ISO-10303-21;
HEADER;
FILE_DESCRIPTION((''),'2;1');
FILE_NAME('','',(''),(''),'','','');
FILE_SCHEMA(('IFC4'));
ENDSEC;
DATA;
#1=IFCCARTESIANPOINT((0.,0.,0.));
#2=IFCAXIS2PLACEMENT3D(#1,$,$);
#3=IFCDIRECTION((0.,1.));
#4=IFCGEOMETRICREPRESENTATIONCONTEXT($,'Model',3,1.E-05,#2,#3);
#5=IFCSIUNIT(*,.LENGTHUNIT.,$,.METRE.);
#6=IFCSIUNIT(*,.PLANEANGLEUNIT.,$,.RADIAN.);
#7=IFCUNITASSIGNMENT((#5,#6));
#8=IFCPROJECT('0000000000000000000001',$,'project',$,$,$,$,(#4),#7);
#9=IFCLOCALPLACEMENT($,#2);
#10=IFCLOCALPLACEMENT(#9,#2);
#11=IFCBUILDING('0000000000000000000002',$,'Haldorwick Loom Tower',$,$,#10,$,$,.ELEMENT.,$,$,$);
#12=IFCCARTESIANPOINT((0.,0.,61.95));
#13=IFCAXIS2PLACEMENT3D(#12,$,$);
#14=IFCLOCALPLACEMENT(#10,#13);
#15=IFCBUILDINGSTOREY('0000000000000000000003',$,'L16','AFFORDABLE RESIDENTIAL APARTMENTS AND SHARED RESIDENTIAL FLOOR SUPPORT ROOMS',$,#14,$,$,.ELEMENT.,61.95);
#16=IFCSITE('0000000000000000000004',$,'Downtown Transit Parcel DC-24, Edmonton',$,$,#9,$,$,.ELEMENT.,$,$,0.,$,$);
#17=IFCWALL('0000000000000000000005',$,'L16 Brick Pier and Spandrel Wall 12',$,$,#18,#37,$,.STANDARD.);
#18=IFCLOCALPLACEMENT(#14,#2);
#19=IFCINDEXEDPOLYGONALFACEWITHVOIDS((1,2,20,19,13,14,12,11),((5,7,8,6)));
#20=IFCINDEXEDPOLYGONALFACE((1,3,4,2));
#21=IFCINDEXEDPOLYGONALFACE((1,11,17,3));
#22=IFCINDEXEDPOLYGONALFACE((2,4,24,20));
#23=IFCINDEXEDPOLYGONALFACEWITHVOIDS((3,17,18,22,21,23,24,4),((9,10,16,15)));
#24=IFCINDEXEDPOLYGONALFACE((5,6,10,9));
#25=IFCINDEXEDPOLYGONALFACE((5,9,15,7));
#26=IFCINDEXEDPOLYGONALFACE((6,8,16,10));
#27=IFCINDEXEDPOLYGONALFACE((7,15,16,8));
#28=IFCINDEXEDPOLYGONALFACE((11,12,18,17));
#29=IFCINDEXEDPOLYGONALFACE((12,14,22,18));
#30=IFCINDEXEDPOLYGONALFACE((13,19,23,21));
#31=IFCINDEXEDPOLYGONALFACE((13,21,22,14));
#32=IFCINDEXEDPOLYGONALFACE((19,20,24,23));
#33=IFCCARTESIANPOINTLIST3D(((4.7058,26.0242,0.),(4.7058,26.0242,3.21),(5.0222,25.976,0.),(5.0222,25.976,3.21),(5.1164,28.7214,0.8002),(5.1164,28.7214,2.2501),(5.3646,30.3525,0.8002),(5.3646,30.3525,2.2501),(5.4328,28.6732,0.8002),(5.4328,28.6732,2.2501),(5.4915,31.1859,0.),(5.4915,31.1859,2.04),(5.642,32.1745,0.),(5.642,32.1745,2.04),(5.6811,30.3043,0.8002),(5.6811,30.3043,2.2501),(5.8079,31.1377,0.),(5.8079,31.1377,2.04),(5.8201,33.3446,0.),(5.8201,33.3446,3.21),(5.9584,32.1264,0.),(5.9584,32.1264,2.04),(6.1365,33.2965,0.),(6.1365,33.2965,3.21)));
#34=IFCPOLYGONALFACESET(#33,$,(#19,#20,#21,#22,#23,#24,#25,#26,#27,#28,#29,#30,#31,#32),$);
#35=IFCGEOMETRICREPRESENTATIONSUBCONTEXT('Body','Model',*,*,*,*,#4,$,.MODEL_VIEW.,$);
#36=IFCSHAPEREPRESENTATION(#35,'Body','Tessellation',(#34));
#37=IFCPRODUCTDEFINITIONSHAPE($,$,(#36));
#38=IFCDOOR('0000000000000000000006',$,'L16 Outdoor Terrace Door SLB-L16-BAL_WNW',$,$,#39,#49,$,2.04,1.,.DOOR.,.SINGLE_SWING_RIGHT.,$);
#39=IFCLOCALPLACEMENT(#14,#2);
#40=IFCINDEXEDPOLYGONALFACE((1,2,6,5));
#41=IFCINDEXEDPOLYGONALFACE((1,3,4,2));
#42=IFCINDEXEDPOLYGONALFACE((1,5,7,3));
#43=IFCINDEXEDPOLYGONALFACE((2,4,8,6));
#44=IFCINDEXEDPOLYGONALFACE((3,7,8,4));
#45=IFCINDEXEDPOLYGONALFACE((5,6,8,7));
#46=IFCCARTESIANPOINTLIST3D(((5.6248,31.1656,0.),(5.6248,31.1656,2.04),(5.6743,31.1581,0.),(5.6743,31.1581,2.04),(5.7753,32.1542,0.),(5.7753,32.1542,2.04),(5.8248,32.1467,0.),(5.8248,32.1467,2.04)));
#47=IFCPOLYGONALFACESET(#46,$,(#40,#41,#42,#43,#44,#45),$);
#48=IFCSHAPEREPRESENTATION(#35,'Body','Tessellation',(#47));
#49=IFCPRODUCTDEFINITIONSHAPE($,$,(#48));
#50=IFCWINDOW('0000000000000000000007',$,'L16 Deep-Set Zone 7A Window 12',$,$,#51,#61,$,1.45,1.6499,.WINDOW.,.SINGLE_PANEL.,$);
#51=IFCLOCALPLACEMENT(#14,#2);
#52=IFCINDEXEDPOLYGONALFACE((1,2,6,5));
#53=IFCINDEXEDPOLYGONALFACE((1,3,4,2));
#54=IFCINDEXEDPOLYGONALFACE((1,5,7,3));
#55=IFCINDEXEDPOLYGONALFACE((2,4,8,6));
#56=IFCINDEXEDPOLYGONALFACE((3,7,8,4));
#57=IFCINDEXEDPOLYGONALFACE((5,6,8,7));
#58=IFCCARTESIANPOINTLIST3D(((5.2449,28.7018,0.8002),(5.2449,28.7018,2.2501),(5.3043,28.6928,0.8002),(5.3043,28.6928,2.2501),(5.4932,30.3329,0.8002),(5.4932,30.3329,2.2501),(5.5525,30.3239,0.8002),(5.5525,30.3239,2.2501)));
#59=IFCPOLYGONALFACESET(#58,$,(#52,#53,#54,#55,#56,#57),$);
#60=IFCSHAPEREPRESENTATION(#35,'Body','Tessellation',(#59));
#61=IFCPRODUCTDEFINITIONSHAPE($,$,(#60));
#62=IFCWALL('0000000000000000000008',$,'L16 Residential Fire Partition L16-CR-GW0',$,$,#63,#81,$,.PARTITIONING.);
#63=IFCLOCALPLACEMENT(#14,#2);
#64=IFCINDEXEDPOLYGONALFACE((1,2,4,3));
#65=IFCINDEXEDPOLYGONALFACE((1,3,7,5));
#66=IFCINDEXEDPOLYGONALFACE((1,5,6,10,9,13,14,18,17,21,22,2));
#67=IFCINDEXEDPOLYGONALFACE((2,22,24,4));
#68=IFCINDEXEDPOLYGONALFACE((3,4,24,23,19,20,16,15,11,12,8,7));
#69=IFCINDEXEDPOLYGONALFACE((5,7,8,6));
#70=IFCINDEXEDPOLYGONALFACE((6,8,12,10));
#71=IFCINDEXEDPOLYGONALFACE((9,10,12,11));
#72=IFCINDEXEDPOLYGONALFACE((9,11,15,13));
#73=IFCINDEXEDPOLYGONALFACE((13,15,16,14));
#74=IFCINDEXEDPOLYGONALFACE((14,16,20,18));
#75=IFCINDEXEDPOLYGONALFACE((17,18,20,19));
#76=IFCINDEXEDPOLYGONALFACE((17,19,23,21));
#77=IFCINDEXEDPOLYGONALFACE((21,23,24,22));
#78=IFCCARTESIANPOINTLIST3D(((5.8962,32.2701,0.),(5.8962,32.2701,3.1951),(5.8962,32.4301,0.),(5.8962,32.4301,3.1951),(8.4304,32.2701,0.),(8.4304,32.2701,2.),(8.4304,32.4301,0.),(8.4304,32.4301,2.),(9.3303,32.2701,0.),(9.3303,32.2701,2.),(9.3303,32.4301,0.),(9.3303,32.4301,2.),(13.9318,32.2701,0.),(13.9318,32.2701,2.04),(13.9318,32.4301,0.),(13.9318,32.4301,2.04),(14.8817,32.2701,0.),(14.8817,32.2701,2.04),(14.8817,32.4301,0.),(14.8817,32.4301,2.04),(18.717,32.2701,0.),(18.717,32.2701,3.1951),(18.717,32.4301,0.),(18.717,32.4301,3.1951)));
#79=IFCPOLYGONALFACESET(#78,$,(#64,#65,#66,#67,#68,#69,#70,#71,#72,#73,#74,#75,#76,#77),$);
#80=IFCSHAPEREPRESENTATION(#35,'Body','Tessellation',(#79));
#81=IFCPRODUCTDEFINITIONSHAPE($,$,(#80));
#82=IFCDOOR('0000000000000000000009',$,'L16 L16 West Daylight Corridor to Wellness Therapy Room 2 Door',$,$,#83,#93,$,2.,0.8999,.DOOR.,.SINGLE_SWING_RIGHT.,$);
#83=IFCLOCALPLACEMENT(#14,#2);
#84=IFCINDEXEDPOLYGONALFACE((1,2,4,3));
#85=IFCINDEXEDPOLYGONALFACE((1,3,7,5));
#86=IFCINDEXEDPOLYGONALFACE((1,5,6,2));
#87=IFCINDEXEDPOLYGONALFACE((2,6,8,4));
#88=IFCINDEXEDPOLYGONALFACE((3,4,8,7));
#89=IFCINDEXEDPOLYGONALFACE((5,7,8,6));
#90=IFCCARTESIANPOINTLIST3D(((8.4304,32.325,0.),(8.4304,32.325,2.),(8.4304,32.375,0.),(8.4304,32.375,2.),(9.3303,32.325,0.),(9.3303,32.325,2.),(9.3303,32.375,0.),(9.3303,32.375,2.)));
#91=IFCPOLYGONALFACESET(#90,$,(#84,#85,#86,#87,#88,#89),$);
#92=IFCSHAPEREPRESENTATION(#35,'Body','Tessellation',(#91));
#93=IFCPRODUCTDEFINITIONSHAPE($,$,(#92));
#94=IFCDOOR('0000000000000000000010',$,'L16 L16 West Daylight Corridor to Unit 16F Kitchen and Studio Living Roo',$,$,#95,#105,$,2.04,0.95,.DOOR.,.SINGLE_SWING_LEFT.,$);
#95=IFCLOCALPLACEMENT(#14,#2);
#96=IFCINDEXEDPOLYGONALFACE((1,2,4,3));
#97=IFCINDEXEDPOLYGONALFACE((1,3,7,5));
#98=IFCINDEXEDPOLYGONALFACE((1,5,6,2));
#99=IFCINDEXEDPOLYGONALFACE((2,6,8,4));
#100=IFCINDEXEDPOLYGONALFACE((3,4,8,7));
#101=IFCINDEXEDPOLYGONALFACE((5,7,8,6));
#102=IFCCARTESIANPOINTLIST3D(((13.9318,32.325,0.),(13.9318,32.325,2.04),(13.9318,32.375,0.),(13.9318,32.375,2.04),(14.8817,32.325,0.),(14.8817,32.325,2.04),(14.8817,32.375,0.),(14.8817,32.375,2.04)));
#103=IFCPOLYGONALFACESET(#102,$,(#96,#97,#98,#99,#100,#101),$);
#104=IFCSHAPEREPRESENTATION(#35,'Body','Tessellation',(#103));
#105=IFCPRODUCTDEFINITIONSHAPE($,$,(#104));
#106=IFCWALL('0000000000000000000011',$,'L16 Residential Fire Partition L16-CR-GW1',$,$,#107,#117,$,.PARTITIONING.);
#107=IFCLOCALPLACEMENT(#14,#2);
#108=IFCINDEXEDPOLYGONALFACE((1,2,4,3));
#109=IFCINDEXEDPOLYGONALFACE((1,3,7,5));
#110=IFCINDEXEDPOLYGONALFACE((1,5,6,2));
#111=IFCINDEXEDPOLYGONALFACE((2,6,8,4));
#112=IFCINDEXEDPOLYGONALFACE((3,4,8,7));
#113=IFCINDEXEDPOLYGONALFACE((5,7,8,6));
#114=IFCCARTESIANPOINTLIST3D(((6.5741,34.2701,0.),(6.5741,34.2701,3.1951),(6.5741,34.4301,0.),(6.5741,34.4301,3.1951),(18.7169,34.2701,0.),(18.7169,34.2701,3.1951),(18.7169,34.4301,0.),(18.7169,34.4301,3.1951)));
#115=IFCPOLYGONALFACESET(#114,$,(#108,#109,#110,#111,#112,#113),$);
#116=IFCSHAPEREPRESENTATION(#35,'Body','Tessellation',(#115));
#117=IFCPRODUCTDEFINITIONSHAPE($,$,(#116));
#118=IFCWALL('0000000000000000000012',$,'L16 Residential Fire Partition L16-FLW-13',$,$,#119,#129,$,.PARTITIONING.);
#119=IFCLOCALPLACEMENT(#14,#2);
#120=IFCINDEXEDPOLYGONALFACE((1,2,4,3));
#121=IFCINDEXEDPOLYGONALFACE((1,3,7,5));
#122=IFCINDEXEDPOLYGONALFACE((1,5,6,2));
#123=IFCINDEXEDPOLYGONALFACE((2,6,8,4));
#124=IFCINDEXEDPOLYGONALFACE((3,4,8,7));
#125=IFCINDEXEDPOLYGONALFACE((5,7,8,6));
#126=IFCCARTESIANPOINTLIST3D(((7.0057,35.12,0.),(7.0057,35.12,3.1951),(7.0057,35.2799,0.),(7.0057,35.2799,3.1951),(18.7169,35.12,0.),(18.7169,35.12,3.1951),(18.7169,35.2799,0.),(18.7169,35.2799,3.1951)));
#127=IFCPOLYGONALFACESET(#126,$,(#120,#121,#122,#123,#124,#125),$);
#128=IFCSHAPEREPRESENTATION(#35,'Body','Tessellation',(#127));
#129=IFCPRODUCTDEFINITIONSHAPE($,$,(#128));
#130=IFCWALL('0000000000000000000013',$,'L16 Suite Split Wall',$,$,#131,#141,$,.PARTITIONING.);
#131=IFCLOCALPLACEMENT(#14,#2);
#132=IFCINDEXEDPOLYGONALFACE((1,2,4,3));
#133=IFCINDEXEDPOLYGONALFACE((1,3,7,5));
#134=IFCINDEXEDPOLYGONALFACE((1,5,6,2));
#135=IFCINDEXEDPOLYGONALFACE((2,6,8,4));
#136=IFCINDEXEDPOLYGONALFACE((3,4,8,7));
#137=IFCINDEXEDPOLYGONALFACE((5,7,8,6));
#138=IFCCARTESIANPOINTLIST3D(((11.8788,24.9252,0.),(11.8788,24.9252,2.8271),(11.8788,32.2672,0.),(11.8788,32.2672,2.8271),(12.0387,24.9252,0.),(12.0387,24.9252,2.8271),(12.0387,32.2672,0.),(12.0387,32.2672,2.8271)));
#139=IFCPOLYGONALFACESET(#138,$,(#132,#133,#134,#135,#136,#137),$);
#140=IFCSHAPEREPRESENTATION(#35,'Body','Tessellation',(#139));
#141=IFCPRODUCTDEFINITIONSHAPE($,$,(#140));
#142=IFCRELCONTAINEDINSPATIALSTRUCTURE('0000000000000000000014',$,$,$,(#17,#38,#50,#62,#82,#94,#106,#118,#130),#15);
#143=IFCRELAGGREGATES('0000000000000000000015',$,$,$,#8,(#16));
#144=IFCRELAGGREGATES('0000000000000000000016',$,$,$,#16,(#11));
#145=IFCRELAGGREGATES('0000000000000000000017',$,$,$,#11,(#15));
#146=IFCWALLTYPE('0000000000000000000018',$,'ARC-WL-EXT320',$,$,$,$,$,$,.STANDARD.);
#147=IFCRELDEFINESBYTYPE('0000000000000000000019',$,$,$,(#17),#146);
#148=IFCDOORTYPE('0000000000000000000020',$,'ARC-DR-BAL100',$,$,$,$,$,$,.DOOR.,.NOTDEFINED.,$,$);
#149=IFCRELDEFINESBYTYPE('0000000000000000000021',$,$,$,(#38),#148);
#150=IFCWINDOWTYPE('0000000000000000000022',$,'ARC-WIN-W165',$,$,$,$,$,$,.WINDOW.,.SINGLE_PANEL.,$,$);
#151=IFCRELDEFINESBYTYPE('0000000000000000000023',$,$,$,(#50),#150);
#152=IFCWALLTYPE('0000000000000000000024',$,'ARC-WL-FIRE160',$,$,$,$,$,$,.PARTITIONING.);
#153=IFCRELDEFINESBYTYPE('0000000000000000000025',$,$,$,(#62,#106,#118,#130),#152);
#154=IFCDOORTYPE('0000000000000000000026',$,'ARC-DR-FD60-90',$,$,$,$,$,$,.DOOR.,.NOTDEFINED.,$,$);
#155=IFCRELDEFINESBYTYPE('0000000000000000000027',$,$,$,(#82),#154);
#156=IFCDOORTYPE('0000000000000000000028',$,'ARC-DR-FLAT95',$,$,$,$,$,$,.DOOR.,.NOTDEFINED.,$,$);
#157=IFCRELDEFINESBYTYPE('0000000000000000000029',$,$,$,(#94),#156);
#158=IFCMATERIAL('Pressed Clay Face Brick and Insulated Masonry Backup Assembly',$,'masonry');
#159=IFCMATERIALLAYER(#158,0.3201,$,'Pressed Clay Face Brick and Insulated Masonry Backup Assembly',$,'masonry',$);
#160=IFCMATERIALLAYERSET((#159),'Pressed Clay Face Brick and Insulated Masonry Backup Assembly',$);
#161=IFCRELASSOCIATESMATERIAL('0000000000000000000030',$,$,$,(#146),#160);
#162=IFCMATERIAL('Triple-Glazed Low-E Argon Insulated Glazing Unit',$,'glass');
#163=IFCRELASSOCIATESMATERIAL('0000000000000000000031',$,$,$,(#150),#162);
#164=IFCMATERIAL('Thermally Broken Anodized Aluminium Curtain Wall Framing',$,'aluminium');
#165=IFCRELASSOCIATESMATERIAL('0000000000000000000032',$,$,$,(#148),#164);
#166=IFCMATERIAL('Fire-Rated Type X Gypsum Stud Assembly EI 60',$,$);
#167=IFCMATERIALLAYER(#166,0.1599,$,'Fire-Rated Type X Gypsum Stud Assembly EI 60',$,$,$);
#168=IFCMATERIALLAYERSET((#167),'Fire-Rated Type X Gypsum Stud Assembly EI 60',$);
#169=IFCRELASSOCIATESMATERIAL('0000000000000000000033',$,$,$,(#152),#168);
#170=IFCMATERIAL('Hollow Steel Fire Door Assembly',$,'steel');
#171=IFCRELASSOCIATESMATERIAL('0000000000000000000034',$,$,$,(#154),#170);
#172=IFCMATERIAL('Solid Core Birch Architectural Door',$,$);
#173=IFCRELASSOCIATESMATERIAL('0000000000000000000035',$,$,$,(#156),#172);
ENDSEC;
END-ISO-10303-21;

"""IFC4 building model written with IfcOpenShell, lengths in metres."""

from ifc_helpers import new_model, si_unit, direction, frame, frame_2d, origin, place, context, subcontext, project, spatial, rectangle, extrude, material, layer, layer_set, type_object, element, fill, save


model = new_model("IFC4")

# Units and contexts
model_context = context("Model", 3, precision=1e-05, world=origin(), true_north=direction((0.0, 1.0)))
body_context = subcontext(model_context, "Body", "Model", "MODEL_VIEW")
ifc_project = project(units=[si_unit("LENGTHUNIT", "METRE"), si_unit("PLANEANGLEUNIT", "RADIAN")], contexts=[model_context])

# Site, building, storey
site_placement = place(None, origin())
site = spatial("IfcSite", under=ifc_project, at=site_placement, Name="Downtown Transit Parcel DC-24, Edmonton", CompositionType="ELEMENT", RefElevation=0.0)
building_placement = place(site_placement, origin())
building = spatial("IfcBuilding", under=site, at=building_placement, Name="Haldorwick Loom Tower", CompositionType="ELEMENT")
storey_placement = place(building_placement, frame((0.0, 0.0, 61.95)))
storey = spatial("IfcBuildingStorey", under=building, at=storey_placement, Name="L16", Description="AFFORDABLE RESIDENTIAL APARTMENTS AND SHARED RESIDENTIAL FLOOR SUPPORT ROOMS", CompositionType="ELEMENT", Elevation=61.95)

# Shared definitions
ifc_material_1 = material(Name="Pressed Clay Face Brick and Insulated Masonry Backup Assembly", Category="masonry")
ifc_layer_1 = layer(ifc_material_1, 0.3201, Name="Pressed Clay Face Brick and Insulated Masonry Backup Assembly", Category="masonry")
ifc_layer_set_1 = layer_set([ifc_layer_1], Name="Pressed Clay Face Brick and Insulated Masonry Backup Assembly")
wall_type_1 = type_object("IfcWallType", Name="ARC-WL-EXT320", PredefinedType="STANDARD", material=ifc_layer_set_1)
ifc_material_2 = material(Name="Triple-Glazed Low-E Argon Insulated Glazing Unit", Category="glass")
window_type = type_object("IfcWindowType", Name="ARC-WIN-W165", PartitioningType="SINGLE_PANEL", PredefinedType="WINDOW", material=ifc_material_2)

# Wall, openings, door, window
wall_1_placement = place(storey_placement, frame((5.9783, 33.3206, 0.0), z_axis=(0.0, 0.0, 1.0), x_axis=(-0.150476, -0.988614, 0.0)))
wall_1 = element("IfcWall", 1, at=wall_1_placement, inside=storey, type_object=wall_type_1, Name="L16 Brick Pier and Spandrel Wall 12", PredefinedType="STANDARD", context=body_context, shape_type="SweptSolid", body=[
    extrude(rectangle(XDim=7.4048, YDim=0.3201, at=frame_2d((3.7024, 0.0))), origin(), (0.0, 0.0, 1.0), 3.21),
])
opening_1_placement = place(wall_1_placement, frame((1.1836, 0.0, 0.0)))
opening_1 = element("IfcOpeningElement", 2, at=opening_1_placement, cuts=wall_1, PredefinedType="OPENING", context=body_context, shape_type="SweptSolid", body=[
    extrude(rectangle(XDim=1.0, YDim=2.04, at=frame_2d((0.5, 1.02))), frame((0.0, 0.1699, 0.0), z_axis=(0.0, -1.0, 0.0), x_axis=(1.0, 0.0, 0.0)), (0.0, 0.0, 1.0), 0.3401),
])
opening_2_placement = place(wall_1_placement, frame((3.0266, 0.0, 0.8)))
opening_2 = element("IfcOpeningElement", 3, at=opening_2_placement, cuts=wall_1, PredefinedType="OPENING", context=body_context, shape_type="SweptSolid", body=[
    extrude(rectangle(XDim=1.6499, YDim=1.45, at=frame_2d((0.825, 0.7251))), frame((0.0, 0.1699, 0.0), z_axis=(0.0, -1.0, 0.0), x_axis=(1.0, 0.0, 0.0)), (0.0, 0.0, 1.0), 0.3401),
])
ifc_material_3 = material(Name="Thermally Broken Anodized Aluminium Curtain Wall Framing", Category="aluminium")
door_type_1 = type_object("IfcDoorType", Name="ARC-DR-BAL100", OperationType="NOTDEFINED", PredefinedType="DOOR", material=ifc_material_3)
door_1_placement = place(opening_1_placement, origin())
door_1 = element("IfcDoor", 4, at=door_1_placement, inside=storey, type_object=door_type_1, Name="L16 Outdoor Terrace Door SLB-L16-BAL_WNW", OperationType="SINGLE_SWING_RIGHT", OverallHeight=2.04, OverallWidth=1.0, PredefinedType="DOOR", context=body_context, shape_type="SweptSolid", body=[
    extrude(rectangle(XDim=1.0, YDim=2.04, at=frame_2d((0.5, 1.02))), frame((0.0, 0.0249, 0.0), z_axis=(0.0, -1.0, 0.0), x_axis=(1.0, 0.0, 0.0)), (0.0, 0.0, 1.0), 0.05),
])
fill(opening_1, door_1)
window_1_placement = place(opening_2_placement, origin())
window_1 = element("IfcWindow", 5, at=window_1_placement, inside=storey, type_object=window_type, Name="L16 Deep-Set Zone 7A Window 12", OverallHeight=1.45, OverallWidth=1.6499, PartitioningType="SINGLE_PANEL", PredefinedType="WINDOW", context=body_context, shape_type="SweptSolid", body=[
    extrude(rectangle(XDim=1.6499, YDim=1.45, at=frame_2d((0.825, 0.7251))), frame((0.0, 0.03, 0.0), z_axis=(0.0, -1.0, 0.0), x_axis=(1.0, 0.0, 0.0)), (0.0, 0.0, 1.0), 0.0601),
])
fill(opening_2, window_1)

# Wall, openings, doors
ifc_material_4 = material(Name="Fire-Rated Type X Gypsum Stud Assembly EI 60")
ifc_layer_2 = layer(ifc_material_4, 0.1599, Name="Fire-Rated Type X Gypsum Stud Assembly EI 60")
ifc_layer_set_2 = layer_set([ifc_layer_2], Name="Fire-Rated Type X Gypsum Stud Assembly EI 60")
wall_type_2 = type_object("IfcWallType", Name="ARC-WL-FIRE160", PredefinedType="PARTITIONING", material=ifc_layer_set_2)
wall_2_placement = place(storey_placement, frame((5.8962, 32.3501, 0.0), z_axis=(0.0, 0.0, 1.0), x_axis=(1.0, 0.0, 0.0)))
wall_2 = element("IfcWall", 6, at=wall_2_placement, inside=storey, type_object=wall_type_2, Name="L16 Residential Fire Partition L16-CR-GW0", PredefinedType="PARTITIONING", context=body_context, shape_type="SweptSolid", body=[
    extrude(rectangle(XDim=12.8208, YDim=0.1599, at=frame_2d((6.4104, 0.0))), origin(), (0.0, 0.0, 1.0), 3.1951),
])
opening_3_placement = place(wall_2_placement, frame((2.5342, 0.0, 0.0)))
opening_3 = element("IfcOpeningElement", 7, at=opening_3_placement, cuts=wall_2, PredefinedType="OPENING", context=body_context, shape_type="SweptSolid", body=[
    extrude(rectangle(XDim=0.8999, YDim=2.0, at=frame_2d((0.45, 1.0))), frame((0.0, 0.0898, 0.0), z_axis=(0.0, -1.0, 0.0), x_axis=(1.0, 0.0, 0.0)), (0.0, 0.0, 1.0), 0.1799),
])
opening_4_placement = place(wall_2_placement, frame((8.0354, 0.0, 0.0)))
opening_4 = element("IfcOpeningElement", 8, at=opening_4_placement, cuts=wall_2, PredefinedType="OPENING", context=body_context, shape_type="SweptSolid", body=[
    extrude(rectangle(XDim=0.95, YDim=2.04, at=frame_2d((0.4751, 1.02))), frame((0.0, 0.0898, 0.0), z_axis=(0.0, -1.0, 0.0), x_axis=(1.0, 0.0, 0.0)), (0.0, 0.0, 1.0), 0.1799),
])
ifc_material_5 = material(Name="Hollow Steel Fire Door Assembly", Category="steel")
door_type_2 = type_object("IfcDoorType", Name="ARC-DR-FD60-90", OperationType="NOTDEFINED", PredefinedType="DOOR", material=ifc_material_5)
door_2_placement = place(opening_3_placement, origin())
door_2 = element("IfcDoor", 9, at=door_2_placement, inside=storey, type_object=door_type_2, Name="L16 L16 West Daylight Corridor to Wellness Therapy Room 2 Door", OperationType="SINGLE_SWING_RIGHT", OverallHeight=2.0, OverallWidth=0.8999, PredefinedType="DOOR", context=body_context, shape_type="SweptSolid", body=[
    extrude(rectangle(XDim=0.8999, YDim=2.0, at=frame_2d((0.45, 1.0))), frame((0.0, 0.0249, 0.0), z_axis=(0.0, -1.0, 0.0), x_axis=(1.0, 0.0, 0.0)), (0.0, 0.0, 1.0), 0.05),
])
fill(opening_3, door_2)
ifc_material_6 = material(Name="Solid Core Birch Architectural Door")
door_type_3 = type_object("IfcDoorType", Name="ARC-DR-FLAT95", OperationType="NOTDEFINED", PredefinedType="DOOR", material=ifc_material_6)
door_3_placement = place(opening_4_placement, origin())
door_3 = element("IfcDoor", 10, at=door_3_placement, inside=storey, type_object=door_type_3, Name="L16 L16 West Daylight Corridor to Unit 16F Kitchen and Studio Living Roo", OperationType="SINGLE_SWING_LEFT", OverallHeight=2.04, OverallWidth=0.95, PredefinedType="DOOR", context=body_context, shape_type="SweptSolid", body=[
    extrude(rectangle(XDim=0.95, YDim=2.04, at=frame_2d((0.4751, 1.02))), frame((0.0, 0.0249, 0.0), z_axis=(0.0, -1.0, 0.0), x_axis=(1.0, 0.0, 0.0)), (0.0, 0.0, 1.0), 0.05),
])
fill(opening_4, door_3)

# Walls
wall_3_placement = place(storey_placement, frame((6.5742, 34.3501, 0.0), z_axis=(0.0, 0.0, 1.0), x_axis=(1.0, 0.0, 0.0)))
element("IfcWall", 11, at=wall_3_placement, inside=storey, type_object=wall_type_2, Name="L16 Residential Fire Partition L16-CR-GW1", PredefinedType="PARTITIONING", context=body_context, shape_type="SweptSolid", body=[
    extrude(rectangle(XDim=12.1428, YDim=0.1599, at=frame_2d((6.0713, 0.0))), origin(), (0.0, 0.0, 1.0), 3.1951),
])
wall_4_placement = place(storey_placement, frame((7.0059, 35.2, 0.0), z_axis=(0.0, 0.0, 1.0), x_axis=(1.0, 0.0, 0.0)))
element("IfcWall", 12, at=wall_4_placement, inside=storey, type_object=wall_type_2, Name="L16 Residential Fire Partition L16-FLW-13", PredefinedType="PARTITIONING", context=body_context, shape_type="SweptSolid", body=[
    extrude(rectangle(XDim=11.7112, YDim=0.1599, at=frame_2d((5.8555, 0.0))), origin(), (0.0, 0.0, 1.0), 3.1951),
])
wall_5_placement = place(storey_placement, frame((11.9587, 32.2671, 0.0), z_axis=(0.0, 0.0, 1.0), x_axis=(0.0, -1.0, 0.0)))
element("IfcWall", 13, at=wall_5_placement, inside=storey, type_object=wall_type_2, Name="L16 Suite Split Wall", PredefinedType="PARTITIONING", context=body_context, shape_type="SweptSolid", body=[
    extrude(rectangle(XDim=7.342, YDim=0.1599, at=frame_2d((3.6709, 0.0))), origin(), (0.0, 0.0, 1.0), 2.8271),
])

save(model, "model.ifc")
